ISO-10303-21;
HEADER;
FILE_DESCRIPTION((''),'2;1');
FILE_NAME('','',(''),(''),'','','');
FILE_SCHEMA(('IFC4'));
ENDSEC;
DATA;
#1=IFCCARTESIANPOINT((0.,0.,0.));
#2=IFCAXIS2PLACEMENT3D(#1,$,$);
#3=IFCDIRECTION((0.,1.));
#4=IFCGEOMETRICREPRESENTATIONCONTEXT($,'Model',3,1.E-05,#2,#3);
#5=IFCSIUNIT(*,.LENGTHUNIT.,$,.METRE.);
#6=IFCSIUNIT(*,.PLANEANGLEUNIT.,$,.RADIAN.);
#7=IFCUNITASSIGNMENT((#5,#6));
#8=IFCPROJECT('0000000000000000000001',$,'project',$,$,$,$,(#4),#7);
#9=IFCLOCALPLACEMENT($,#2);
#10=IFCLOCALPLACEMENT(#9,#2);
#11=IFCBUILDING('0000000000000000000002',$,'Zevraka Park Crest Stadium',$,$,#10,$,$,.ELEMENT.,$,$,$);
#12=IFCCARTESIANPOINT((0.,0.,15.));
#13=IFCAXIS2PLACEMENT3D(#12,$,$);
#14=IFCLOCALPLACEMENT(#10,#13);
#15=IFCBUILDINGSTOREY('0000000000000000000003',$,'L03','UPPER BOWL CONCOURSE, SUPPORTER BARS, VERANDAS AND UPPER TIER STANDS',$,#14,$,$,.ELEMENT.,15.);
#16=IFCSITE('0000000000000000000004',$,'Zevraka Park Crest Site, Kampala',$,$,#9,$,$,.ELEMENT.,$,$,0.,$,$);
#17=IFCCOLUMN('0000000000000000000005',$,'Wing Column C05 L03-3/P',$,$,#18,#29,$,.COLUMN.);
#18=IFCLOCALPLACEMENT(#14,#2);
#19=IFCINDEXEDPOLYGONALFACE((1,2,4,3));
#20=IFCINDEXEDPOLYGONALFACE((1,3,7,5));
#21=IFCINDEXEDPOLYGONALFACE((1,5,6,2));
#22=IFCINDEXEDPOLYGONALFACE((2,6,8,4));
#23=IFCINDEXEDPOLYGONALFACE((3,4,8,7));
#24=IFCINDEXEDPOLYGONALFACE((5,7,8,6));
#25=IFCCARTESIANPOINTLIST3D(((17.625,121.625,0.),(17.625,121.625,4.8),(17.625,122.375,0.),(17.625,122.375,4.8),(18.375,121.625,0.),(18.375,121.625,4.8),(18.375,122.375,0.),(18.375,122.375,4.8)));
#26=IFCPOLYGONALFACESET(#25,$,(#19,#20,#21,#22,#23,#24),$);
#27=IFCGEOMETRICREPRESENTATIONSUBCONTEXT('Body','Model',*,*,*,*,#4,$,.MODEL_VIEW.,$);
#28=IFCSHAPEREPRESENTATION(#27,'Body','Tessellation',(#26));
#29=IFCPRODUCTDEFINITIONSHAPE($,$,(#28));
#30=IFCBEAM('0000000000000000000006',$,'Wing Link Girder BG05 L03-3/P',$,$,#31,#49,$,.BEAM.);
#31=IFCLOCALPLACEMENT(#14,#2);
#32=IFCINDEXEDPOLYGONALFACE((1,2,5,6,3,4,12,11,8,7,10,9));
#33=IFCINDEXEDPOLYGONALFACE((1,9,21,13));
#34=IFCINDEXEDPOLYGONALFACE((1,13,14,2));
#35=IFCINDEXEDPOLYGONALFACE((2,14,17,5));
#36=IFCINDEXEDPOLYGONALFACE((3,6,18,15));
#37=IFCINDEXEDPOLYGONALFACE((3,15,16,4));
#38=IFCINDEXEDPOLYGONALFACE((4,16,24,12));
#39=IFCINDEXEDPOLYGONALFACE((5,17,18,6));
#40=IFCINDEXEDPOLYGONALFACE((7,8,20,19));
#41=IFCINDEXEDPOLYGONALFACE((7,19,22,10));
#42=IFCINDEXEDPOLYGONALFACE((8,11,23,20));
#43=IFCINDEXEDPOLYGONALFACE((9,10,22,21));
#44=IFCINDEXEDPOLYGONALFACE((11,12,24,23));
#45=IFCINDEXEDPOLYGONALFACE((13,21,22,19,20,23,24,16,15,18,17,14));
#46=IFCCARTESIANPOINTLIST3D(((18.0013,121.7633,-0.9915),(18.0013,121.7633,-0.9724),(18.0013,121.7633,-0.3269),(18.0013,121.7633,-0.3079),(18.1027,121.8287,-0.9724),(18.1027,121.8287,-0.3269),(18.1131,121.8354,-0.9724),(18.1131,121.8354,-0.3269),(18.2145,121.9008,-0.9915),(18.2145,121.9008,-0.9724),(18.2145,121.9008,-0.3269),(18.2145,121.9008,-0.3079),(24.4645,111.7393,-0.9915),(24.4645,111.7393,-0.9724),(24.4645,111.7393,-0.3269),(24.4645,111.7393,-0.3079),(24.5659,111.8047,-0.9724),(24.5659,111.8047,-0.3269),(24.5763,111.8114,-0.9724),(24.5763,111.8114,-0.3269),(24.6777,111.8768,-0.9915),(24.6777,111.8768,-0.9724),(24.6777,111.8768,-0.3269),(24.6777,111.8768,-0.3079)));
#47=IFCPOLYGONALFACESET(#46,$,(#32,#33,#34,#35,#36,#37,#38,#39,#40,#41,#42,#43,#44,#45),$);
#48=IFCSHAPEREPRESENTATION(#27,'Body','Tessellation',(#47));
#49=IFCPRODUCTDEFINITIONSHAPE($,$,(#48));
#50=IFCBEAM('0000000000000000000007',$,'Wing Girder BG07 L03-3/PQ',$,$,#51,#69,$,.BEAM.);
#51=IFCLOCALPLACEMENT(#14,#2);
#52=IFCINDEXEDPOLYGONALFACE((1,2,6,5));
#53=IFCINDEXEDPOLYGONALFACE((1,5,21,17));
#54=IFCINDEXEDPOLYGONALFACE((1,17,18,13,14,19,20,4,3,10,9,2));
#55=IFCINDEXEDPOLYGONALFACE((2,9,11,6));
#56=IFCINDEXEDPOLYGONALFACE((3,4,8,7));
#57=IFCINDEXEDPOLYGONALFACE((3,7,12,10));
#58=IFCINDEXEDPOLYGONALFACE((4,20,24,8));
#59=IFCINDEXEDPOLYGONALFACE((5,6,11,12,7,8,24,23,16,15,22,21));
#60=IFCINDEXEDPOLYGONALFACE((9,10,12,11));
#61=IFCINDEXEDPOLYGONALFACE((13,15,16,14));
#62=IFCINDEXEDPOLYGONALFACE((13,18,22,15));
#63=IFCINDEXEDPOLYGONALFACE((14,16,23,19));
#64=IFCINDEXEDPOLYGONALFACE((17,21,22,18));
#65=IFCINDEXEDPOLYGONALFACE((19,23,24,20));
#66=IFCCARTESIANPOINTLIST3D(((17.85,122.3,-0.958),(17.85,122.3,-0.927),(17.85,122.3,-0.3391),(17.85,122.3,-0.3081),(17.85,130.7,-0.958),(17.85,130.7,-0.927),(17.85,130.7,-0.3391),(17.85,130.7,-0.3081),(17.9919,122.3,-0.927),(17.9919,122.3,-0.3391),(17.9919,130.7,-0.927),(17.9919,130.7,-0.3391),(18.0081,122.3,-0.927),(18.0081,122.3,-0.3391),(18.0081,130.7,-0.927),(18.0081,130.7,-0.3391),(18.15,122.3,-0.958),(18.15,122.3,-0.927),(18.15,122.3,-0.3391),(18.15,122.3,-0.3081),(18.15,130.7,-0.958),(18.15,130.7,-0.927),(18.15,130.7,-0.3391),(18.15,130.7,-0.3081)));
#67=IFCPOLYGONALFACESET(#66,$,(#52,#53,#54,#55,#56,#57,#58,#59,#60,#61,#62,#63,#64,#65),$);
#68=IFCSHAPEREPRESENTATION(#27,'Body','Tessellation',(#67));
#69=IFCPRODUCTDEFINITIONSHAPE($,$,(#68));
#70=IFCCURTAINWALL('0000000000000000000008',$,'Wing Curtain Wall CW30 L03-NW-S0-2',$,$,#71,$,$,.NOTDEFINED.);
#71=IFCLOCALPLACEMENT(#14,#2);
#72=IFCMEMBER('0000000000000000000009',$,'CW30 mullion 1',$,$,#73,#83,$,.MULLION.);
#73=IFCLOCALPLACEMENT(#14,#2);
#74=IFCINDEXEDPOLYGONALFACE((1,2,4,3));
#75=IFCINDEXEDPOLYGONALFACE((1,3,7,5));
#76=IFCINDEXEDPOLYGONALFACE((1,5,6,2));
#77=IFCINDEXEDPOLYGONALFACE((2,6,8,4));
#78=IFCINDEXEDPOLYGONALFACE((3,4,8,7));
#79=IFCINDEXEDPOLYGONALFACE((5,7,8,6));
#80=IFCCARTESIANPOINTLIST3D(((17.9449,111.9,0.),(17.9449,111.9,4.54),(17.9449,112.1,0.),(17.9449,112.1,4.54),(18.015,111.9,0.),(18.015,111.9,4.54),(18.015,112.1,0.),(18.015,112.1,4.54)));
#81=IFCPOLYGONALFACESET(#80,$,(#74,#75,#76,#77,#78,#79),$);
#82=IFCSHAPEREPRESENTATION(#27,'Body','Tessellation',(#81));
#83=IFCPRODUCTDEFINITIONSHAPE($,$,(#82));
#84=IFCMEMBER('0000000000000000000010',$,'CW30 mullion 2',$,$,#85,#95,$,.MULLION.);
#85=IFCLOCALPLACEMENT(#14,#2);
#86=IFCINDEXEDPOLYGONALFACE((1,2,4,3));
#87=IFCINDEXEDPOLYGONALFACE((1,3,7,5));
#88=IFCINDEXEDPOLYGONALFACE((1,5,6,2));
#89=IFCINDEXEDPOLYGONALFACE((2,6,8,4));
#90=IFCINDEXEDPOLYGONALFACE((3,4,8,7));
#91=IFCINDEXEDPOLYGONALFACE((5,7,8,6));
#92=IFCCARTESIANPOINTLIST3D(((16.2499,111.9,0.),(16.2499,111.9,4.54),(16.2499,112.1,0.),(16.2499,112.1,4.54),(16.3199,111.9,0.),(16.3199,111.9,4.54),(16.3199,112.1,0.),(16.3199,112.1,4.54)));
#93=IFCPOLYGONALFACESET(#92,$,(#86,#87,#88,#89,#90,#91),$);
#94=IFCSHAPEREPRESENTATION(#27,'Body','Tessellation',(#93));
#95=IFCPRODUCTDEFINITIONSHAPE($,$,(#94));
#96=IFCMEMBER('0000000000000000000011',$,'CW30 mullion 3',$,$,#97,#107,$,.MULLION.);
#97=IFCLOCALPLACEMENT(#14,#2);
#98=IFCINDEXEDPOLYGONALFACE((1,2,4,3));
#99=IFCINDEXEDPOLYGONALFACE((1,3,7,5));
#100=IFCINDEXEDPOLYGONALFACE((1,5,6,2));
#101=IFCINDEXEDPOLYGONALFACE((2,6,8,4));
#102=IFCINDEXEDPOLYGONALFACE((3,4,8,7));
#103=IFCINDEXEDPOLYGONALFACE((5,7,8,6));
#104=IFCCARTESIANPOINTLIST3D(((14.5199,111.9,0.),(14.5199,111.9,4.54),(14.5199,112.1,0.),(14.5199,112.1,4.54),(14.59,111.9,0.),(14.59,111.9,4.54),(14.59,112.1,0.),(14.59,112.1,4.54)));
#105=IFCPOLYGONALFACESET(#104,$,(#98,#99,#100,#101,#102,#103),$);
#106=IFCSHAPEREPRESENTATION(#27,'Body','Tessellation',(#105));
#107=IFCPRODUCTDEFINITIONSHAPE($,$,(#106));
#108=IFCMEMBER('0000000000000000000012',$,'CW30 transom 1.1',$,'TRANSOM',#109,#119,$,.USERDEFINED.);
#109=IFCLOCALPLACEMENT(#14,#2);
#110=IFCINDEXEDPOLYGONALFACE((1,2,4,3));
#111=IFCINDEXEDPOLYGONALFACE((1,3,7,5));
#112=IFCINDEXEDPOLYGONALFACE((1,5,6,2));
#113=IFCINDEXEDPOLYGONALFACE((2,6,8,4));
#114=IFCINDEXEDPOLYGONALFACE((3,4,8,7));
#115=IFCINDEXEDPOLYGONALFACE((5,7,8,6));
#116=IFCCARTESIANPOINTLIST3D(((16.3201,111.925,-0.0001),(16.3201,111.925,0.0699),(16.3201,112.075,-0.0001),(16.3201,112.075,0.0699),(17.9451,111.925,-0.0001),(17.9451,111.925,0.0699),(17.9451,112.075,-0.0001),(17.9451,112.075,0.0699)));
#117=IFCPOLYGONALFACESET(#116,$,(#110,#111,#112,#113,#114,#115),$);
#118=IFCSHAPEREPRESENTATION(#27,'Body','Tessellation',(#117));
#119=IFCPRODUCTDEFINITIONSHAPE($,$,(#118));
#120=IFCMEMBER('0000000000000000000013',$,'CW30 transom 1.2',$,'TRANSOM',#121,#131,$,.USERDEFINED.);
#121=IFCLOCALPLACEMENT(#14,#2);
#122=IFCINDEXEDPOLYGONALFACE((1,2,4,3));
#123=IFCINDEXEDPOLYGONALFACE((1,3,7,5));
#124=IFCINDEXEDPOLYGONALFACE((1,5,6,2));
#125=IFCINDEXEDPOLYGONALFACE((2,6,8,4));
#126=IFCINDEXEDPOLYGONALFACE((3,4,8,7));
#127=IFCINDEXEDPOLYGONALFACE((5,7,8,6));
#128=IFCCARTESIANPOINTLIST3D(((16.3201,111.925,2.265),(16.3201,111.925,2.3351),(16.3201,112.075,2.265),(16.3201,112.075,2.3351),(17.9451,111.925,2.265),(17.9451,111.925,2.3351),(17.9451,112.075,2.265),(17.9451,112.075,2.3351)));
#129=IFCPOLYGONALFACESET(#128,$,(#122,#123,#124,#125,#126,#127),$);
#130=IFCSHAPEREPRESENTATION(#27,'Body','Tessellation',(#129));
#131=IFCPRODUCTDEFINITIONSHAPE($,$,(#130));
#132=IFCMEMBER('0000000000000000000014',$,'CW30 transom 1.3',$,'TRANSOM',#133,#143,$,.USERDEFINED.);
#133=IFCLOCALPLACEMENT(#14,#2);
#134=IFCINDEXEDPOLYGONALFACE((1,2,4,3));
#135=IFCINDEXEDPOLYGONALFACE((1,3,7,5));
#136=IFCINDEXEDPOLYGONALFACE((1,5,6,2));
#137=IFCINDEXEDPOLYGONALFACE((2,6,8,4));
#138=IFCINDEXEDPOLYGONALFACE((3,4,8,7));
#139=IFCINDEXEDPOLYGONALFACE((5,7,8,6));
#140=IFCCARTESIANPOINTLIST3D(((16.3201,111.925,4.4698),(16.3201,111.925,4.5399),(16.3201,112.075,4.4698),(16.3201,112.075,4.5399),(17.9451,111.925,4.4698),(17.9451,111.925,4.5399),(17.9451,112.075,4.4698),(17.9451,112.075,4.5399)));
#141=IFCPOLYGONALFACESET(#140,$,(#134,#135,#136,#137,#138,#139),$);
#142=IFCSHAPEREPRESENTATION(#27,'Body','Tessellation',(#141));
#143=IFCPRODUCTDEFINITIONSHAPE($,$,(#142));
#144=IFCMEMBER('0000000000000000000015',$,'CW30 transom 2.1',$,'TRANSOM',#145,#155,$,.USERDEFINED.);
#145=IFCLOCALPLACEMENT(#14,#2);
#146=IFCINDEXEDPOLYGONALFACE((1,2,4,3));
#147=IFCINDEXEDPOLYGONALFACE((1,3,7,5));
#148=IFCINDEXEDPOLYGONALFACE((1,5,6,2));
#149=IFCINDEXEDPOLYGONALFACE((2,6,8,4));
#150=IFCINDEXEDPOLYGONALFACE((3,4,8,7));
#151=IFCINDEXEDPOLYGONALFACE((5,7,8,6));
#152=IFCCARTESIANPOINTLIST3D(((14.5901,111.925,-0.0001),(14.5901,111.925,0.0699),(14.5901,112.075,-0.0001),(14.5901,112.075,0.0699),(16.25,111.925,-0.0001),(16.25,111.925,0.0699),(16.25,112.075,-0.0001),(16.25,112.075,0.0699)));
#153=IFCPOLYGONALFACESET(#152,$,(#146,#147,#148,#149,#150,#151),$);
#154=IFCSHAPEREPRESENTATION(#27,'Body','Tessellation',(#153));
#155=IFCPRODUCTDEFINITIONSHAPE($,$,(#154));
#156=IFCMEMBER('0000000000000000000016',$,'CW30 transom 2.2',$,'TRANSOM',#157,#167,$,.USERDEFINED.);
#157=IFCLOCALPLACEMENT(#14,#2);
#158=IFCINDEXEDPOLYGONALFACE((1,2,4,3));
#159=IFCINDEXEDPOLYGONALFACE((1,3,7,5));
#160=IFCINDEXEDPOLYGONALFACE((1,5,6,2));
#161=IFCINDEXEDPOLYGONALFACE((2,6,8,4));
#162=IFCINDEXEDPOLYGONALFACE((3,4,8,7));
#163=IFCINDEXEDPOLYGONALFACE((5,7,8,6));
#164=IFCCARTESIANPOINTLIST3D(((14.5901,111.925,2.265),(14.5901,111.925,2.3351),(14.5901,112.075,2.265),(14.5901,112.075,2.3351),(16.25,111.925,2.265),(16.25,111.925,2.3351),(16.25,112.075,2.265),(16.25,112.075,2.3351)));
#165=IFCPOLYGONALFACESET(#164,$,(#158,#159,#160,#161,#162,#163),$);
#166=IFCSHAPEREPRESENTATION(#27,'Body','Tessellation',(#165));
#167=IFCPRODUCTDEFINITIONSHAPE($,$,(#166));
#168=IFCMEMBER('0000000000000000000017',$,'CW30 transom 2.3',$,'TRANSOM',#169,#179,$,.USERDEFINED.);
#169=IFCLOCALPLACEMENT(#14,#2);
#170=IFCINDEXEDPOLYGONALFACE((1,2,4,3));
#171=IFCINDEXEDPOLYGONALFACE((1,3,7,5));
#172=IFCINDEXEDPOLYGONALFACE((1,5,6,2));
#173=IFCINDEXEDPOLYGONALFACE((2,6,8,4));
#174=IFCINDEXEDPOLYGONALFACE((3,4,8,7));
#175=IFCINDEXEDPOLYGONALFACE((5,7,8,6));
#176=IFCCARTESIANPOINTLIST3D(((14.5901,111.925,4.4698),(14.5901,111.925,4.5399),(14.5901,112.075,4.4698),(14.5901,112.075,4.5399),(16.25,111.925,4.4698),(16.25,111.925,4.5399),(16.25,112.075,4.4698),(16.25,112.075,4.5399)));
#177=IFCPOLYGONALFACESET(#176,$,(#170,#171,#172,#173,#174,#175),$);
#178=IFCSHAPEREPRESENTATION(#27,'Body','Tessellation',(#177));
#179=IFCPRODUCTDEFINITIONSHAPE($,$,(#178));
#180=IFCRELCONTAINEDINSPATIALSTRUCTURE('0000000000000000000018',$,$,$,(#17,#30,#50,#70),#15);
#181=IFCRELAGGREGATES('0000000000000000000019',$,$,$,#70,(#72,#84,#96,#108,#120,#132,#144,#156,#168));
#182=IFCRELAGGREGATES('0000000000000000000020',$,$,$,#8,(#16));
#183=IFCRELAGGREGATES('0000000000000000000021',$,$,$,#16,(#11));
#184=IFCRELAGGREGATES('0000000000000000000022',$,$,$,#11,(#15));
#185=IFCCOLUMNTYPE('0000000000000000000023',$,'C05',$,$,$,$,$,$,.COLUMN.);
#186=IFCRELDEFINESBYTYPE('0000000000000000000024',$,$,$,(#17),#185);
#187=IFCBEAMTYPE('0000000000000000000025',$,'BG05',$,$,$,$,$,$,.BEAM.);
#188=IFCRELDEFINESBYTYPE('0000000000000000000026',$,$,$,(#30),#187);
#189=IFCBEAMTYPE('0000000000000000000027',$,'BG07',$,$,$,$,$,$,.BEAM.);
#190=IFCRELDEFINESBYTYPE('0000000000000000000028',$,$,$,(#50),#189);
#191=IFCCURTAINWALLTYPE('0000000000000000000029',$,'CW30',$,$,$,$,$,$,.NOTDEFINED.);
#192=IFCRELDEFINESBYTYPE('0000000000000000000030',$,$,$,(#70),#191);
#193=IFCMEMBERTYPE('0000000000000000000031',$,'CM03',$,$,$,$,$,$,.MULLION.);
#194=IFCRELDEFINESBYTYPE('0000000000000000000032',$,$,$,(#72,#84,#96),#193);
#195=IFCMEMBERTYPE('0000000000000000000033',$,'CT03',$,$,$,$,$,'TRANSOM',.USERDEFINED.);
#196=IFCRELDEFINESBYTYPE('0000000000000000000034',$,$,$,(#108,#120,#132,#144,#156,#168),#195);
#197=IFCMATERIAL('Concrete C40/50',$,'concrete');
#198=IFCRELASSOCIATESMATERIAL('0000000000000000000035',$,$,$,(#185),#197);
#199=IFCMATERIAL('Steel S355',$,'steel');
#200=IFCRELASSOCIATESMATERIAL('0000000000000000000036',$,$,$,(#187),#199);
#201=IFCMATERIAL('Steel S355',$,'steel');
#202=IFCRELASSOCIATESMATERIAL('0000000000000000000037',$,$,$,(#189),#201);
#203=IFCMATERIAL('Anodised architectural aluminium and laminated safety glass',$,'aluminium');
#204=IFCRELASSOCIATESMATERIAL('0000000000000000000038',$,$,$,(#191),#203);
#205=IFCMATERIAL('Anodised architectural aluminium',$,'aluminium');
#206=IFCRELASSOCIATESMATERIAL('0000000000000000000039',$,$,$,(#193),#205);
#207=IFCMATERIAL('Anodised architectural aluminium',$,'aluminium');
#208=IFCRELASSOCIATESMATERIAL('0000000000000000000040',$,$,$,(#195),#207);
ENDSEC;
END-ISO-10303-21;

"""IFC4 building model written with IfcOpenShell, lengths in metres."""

from ifc_helpers import new_model, si_unit, direction, frame, origin, origin_2d, place, context, subcontext, project, spatial, rectangle, i_section, extrude, material, material_profile, profile_set, type_object, element, aggregate, save


model = new_model("IFC4")

# Units and contexts
model_context = context("Model", 3, precision=1e-05, world=origin(), true_north=direction((0.0, 1.0)))
body_context = subcontext(model_context, "Body", "Model", "MODEL_VIEW")
ifc_project = project(units=[si_unit("LENGTHUNIT", "METRE"), si_unit("PLANEANGLEUNIT", "RADIAN")], contexts=[model_context])

# Site, building, storey
site_placement = place(None, origin())
site = spatial("IfcSite", under=ifc_project, at=site_placement, Name="Zevraka Park Crest Site, Kampala", CompositionType="ELEMENT", RefElevation=0.0)
building_placement = place(site_placement, origin())
building = spatial("IfcBuilding", under=site, at=building_placement, Name="Zevraka Park Crest Stadium", CompositionType="ELEMENT")
storey_placement = place(building_placement, frame((0.0, 0.0, 15.0)))
storey = spatial("IfcBuildingStorey", under=building, at=storey_placement, Name="L03", Description="UPPER BOWL CONCOURSE, SUPPORTER BARS, VERANDAS AND UPPER TIER STANDS", CompositionType="ELEMENT", Elevation=15.0)

# Column
ifc_material_1 = material(Name="Concrete C40/50", Category="concrete")
ifc_material_profile_1 = material_profile(ifc_material_1, rectangle(XDim=0.75, YDim=0.75, at=origin_2d()), Name="RC 750x750")
ifc_profile_set_1 = profile_set([ifc_material_profile_1], Name="Concrete C40/50")
column_type = type_object("IfcColumnType", Name="C05", PredefinedType="COLUMN", material=ifc_profile_set_1)
column_placement = place(storey_placement, frame((18.0, 122.0, 0.0), z_axis=(0.0, 0.0, 1.0), x_axis=(1.0, 0.0, 0.0)))
element("IfcColumn", 1, at=column_placement, inside=storey, type_object=column_type, Name="Wing Column C05 L03-3/P", PredefinedType="COLUMN", context=body_context, shape_type="SweptSolid", body=[
    extrude(rectangle(XDim=0.75, YDim=0.75, at=origin_2d()), origin(), (0.0, 0.0, 1.0), 4.8),
])

# Beams
ifc_material_2 = material(Name="Steel S355", Category="steel")
ifc_material_profile_2 = material_profile(ifc_material_2, i_section(OverallWidth=0.2537, OverallDepth=0.6836, WebThickness=0.0125, FlangeThickness=0.019, at=origin_2d()), Name="UKB 686x254x140")
ifc_profile_set_2 = profile_set([ifc_material_profile_2], Name="Steel S355")
beam_type_1 = type_object("IfcBeamType", Name="BG05", PredefinedType="BEAM", material=ifc_profile_set_2)
beam_1_placement = place(storey_placement, frame((18.1079, 121.832, -0.6497), z_axis=(0.541895, -0.840446, 0.0), x_axis=(0.840446, 0.541895, 0.0)))
element("IfcBeam", 2, at=beam_1_placement, inside=storey, type_object=beam_type_1, Name="Wing Link Girder BG05 L03-3/P", PredefinedType="BEAM", context=body_context, shape_type="SweptSolid", body=[
    extrude(i_section(OverallWidth=0.2537, OverallDepth=0.6836, WebThickness=0.0125, FlangeThickness=0.019, at=origin_2d()), origin(), (0.0, 0.0, 1.0), 11.927),
])
ifc_material_3 = material(Name="Steel S355", Category="steel")
ifc_material_profile_3 = material_profile(ifc_material_3, i_section(OverallWidth=0.3, OverallDepth=0.6499, WebThickness=0.0161, FlangeThickness=0.031, at=origin_2d()), Name="HEB 650")
ifc_profile_set_3 = profile_set([ifc_material_profile_3], Name="Steel S355")
beam_type_2 = type_object("IfcBeamType", Name="BG07", PredefinedType="BEAM", material=ifc_profile_set_3)
beam_2_placement = place(storey_placement, frame((18.0, 122.3, -0.6331), z_axis=(0.0, 1.0, 0.0), x_axis=(-1.0, 0.0, 0.0)))
element("IfcBeam", 3, at=beam_2_placement, inside=storey, type_object=beam_type_2, Name="Wing Girder BG07 L03-3/PQ", PredefinedType="BEAM", context=body_context, shape_type="SweptSolid", body=[
    extrude(i_section(OverallWidth=0.3, OverallDepth=0.6499, WebThickness=0.0161, FlangeThickness=0.031, at=origin_2d()), origin(), (0.0, 0.0, 1.0), 8.3999),
])

# Curtain wall, members
ifc_material_4 = material(Name="Anodised architectural aluminium and laminated safety glass", Category="aluminium")
curtain_wall_type = type_object("IfcCurtainWallType", Name="CW30", PredefinedType="NOTDEFINED", material=ifc_material_4)
curtain_wall_placement = place(storey_placement, origin())
curtain_wall = element("IfcCurtainWall", 4, at=curtain_wall_placement, inside=storey, type_object=curtain_wall_type, Name="Wing Curtain Wall CW30 L03-NW-S0-2", PredefinedType="NOTDEFINED")
ifc_material_5 = material(Name="Anodised architectural aluminium", Category="aluminium")
ifc_material_profile_4 = material_profile(ifc_material_5, rectangle(XDim=0.2, YDim=0.0701, at=origin_2d()), Name="ALU MULLION 200x70")
ifc_profile_set_4 = profile_set([ifc_material_profile_4], Name="Anodised architectural aluminium")
member_type_1 = type_object("IfcMemberType", Name="CM03", PredefinedType="MULLION", material=ifc_profile_set_4)
member_1_placement = place(storey_placement, frame((17.98, 112.0, 0.0), z_axis=(0.0, 0.0, 1.0), x_axis=(0.0, -1.0, 0.0)))
member_1 = element("IfcMember", 5, at=member_1_placement, type_object=member_type_1, Name="CW30 mullion 1", PredefinedType="MULLION", context=body_context, shape_type="SweptSolid", body=[
    extrude(rectangle(XDim=0.2, YDim=0.0701, at=origin_2d()), origin(), (0.0, 0.0, 1.0), 4.54),
])
member_2_placement = place(storey_placement, frame((16.2849, 112.0, 0.0), z_axis=(0.0, 0.0, 1.0), x_axis=(0.0, -1.0, 0.0)))
member_2 = element("IfcMember", 6, at=member_2_placement, type_object=member_type_1, Name="CW30 mullion 2", PredefinedType="MULLION", context=body_context, shape_type="SweptSolid", body=[
    extrude(rectangle(XDim=0.2, YDim=0.0701, at=origin_2d()), origin(), (0.0, 0.0, 1.0), 4.54),
])
member_3_placement = place(storey_placement, frame((14.5549, 112.0, 0.0), z_axis=(0.0, 0.0, 1.0), x_axis=(0.0, -1.0, 0.0)))
member_3 = element("IfcMember", 7, at=member_3_placement, type_object=member_type_1, Name="CW30 mullion 3", PredefinedType="MULLION", context=body_context, shape_type="SweptSolid", body=[
    extrude(rectangle(XDim=0.2, YDim=0.0701, at=origin_2d()), origin(), (0.0, 0.0, 1.0), 4.54),
])
ifc_material_6 = material(Name="Anodised architectural aluminium", Category="aluminium")
ifc_material_profile_5 = material_profile(ifc_material_6, rectangle(XDim=0.1499, YDim=0.0701, at=origin_2d()), Name="ALU TRANSOM 150x70")
ifc_profile_set_5 = profile_set([ifc_material_profile_5], Name="Anodised architectural aluminium")
member_type_2 = type_object("IfcMemberType", Name="CT03", ElementType="TRANSOM", PredefinedType="USERDEFINED", material=ifc_profile_set_5)
member_4_placement = place(storey_placement, frame((17.9451, 112.0, 0.0349), z_axis=(-1.0, 0.0, 0.0), x_axis=(0.0, -1.0, 0.0)))
member_4 = element("IfcMember", 8, at=member_4_placement, type_object=member_type_2, Name="CW30 transom 1.1", ObjectType="TRANSOM", PredefinedType="USERDEFINED", context=body_context, shape_type="SweptSolid", body=[
    extrude(rectangle(XDim=0.1499, YDim=0.0701, at=origin_2d()), origin(), (0.0, 0.0, 1.0), 1.625),
])
member_5_placement = place(storey_placement, frame((17.9451, 112.0, 2.3), z_axis=(-1.0, 0.0, 0.0), x_axis=(0.0, -1.0, 0.0)))
member_5 = element("IfcMember", 9, at=member_5_placement, type_object=member_type_2, Name="CW30 transom 1.2", ObjectType="TRANSOM", PredefinedType="USERDEFINED", context=body_context, shape_type="SweptSolid", body=[
    extrude(rectangle(XDim=0.1499, YDim=0.0701, at=origin_2d()), origin(), (0.0, 0.0, 1.0), 1.625),
])
member_6_placement = place(storey_placement, frame((17.9451, 112.0, 4.5049), z_axis=(-1.0, 0.0, 0.0), x_axis=(0.0, -1.0, 0.0)))
member_6 = element("IfcMember", 10, at=member_6_placement, type_object=member_type_2, Name="CW30 transom 1.3", ObjectType="TRANSOM", PredefinedType="USERDEFINED", context=body_context, shape_type="SweptSolid", body=[
    extrude(rectangle(XDim=0.1499, YDim=0.0701, at=origin_2d()), origin(), (0.0, 0.0, 1.0), 1.625),
])
member_7_placement = place(storey_placement, frame((16.25, 112.0, 0.0349), z_axis=(-1.0, 0.0, 0.0), x_axis=(0.0, -1.0, 0.0)))
member_7 = element("IfcMember", 11, at=member_7_placement, type_object=member_type_2, Name="CW30 transom 2.1", ObjectType="TRANSOM", PredefinedType="USERDEFINED", context=body_context, shape_type="SweptSolid", body=[
    extrude(rectangle(XDim=0.1499, YDim=0.0701, at=origin_2d()), origin(), (0.0, 0.0, 1.0), 1.6599),
])
member_8_placement = place(storey_placement, frame((16.25, 112.0, 2.3), z_axis=(-1.0, 0.0, 0.0), x_axis=(0.0, -1.0, 0.0)))
member_8 = element("IfcMember", 12, at=member_8_placement, type_object=member_type_2, Name="CW30 transom 2.2", ObjectType="TRANSOM", PredefinedType="USERDEFINED", context=body_context, shape_type="SweptSolid", body=[
    extrude(rectangle(XDim=0.1499, YDim=0.0701, at=origin_2d()), origin(), (0.0, 0.0, 1.0), 1.6599),
])
member_9_placement = place(storey_placement, frame((16.25, 112.0, 4.5049), z_axis=(-1.0, 0.0, 0.0), x_axis=(0.0, -1.0, 0.0)))
member_9 = element("IfcMember", 13, at=member_9_placement, type_object=member_type_2, Name="CW30 transom 2.3", ObjectType="TRANSOM", PredefinedType="USERDEFINED", context=body_context, shape_type="SweptSolid", body=[
    extrude(rectangle(XDim=0.1499, YDim=0.0701, at=origin_2d()), origin(), (0.0, 0.0, 1.0), 1.6599),
])
aggregate(curtain_wall, [member_1, member_2, member_3, member_4, member_5, member_6, member_7, member_8, member_9])

save(model, "model.ifc")
